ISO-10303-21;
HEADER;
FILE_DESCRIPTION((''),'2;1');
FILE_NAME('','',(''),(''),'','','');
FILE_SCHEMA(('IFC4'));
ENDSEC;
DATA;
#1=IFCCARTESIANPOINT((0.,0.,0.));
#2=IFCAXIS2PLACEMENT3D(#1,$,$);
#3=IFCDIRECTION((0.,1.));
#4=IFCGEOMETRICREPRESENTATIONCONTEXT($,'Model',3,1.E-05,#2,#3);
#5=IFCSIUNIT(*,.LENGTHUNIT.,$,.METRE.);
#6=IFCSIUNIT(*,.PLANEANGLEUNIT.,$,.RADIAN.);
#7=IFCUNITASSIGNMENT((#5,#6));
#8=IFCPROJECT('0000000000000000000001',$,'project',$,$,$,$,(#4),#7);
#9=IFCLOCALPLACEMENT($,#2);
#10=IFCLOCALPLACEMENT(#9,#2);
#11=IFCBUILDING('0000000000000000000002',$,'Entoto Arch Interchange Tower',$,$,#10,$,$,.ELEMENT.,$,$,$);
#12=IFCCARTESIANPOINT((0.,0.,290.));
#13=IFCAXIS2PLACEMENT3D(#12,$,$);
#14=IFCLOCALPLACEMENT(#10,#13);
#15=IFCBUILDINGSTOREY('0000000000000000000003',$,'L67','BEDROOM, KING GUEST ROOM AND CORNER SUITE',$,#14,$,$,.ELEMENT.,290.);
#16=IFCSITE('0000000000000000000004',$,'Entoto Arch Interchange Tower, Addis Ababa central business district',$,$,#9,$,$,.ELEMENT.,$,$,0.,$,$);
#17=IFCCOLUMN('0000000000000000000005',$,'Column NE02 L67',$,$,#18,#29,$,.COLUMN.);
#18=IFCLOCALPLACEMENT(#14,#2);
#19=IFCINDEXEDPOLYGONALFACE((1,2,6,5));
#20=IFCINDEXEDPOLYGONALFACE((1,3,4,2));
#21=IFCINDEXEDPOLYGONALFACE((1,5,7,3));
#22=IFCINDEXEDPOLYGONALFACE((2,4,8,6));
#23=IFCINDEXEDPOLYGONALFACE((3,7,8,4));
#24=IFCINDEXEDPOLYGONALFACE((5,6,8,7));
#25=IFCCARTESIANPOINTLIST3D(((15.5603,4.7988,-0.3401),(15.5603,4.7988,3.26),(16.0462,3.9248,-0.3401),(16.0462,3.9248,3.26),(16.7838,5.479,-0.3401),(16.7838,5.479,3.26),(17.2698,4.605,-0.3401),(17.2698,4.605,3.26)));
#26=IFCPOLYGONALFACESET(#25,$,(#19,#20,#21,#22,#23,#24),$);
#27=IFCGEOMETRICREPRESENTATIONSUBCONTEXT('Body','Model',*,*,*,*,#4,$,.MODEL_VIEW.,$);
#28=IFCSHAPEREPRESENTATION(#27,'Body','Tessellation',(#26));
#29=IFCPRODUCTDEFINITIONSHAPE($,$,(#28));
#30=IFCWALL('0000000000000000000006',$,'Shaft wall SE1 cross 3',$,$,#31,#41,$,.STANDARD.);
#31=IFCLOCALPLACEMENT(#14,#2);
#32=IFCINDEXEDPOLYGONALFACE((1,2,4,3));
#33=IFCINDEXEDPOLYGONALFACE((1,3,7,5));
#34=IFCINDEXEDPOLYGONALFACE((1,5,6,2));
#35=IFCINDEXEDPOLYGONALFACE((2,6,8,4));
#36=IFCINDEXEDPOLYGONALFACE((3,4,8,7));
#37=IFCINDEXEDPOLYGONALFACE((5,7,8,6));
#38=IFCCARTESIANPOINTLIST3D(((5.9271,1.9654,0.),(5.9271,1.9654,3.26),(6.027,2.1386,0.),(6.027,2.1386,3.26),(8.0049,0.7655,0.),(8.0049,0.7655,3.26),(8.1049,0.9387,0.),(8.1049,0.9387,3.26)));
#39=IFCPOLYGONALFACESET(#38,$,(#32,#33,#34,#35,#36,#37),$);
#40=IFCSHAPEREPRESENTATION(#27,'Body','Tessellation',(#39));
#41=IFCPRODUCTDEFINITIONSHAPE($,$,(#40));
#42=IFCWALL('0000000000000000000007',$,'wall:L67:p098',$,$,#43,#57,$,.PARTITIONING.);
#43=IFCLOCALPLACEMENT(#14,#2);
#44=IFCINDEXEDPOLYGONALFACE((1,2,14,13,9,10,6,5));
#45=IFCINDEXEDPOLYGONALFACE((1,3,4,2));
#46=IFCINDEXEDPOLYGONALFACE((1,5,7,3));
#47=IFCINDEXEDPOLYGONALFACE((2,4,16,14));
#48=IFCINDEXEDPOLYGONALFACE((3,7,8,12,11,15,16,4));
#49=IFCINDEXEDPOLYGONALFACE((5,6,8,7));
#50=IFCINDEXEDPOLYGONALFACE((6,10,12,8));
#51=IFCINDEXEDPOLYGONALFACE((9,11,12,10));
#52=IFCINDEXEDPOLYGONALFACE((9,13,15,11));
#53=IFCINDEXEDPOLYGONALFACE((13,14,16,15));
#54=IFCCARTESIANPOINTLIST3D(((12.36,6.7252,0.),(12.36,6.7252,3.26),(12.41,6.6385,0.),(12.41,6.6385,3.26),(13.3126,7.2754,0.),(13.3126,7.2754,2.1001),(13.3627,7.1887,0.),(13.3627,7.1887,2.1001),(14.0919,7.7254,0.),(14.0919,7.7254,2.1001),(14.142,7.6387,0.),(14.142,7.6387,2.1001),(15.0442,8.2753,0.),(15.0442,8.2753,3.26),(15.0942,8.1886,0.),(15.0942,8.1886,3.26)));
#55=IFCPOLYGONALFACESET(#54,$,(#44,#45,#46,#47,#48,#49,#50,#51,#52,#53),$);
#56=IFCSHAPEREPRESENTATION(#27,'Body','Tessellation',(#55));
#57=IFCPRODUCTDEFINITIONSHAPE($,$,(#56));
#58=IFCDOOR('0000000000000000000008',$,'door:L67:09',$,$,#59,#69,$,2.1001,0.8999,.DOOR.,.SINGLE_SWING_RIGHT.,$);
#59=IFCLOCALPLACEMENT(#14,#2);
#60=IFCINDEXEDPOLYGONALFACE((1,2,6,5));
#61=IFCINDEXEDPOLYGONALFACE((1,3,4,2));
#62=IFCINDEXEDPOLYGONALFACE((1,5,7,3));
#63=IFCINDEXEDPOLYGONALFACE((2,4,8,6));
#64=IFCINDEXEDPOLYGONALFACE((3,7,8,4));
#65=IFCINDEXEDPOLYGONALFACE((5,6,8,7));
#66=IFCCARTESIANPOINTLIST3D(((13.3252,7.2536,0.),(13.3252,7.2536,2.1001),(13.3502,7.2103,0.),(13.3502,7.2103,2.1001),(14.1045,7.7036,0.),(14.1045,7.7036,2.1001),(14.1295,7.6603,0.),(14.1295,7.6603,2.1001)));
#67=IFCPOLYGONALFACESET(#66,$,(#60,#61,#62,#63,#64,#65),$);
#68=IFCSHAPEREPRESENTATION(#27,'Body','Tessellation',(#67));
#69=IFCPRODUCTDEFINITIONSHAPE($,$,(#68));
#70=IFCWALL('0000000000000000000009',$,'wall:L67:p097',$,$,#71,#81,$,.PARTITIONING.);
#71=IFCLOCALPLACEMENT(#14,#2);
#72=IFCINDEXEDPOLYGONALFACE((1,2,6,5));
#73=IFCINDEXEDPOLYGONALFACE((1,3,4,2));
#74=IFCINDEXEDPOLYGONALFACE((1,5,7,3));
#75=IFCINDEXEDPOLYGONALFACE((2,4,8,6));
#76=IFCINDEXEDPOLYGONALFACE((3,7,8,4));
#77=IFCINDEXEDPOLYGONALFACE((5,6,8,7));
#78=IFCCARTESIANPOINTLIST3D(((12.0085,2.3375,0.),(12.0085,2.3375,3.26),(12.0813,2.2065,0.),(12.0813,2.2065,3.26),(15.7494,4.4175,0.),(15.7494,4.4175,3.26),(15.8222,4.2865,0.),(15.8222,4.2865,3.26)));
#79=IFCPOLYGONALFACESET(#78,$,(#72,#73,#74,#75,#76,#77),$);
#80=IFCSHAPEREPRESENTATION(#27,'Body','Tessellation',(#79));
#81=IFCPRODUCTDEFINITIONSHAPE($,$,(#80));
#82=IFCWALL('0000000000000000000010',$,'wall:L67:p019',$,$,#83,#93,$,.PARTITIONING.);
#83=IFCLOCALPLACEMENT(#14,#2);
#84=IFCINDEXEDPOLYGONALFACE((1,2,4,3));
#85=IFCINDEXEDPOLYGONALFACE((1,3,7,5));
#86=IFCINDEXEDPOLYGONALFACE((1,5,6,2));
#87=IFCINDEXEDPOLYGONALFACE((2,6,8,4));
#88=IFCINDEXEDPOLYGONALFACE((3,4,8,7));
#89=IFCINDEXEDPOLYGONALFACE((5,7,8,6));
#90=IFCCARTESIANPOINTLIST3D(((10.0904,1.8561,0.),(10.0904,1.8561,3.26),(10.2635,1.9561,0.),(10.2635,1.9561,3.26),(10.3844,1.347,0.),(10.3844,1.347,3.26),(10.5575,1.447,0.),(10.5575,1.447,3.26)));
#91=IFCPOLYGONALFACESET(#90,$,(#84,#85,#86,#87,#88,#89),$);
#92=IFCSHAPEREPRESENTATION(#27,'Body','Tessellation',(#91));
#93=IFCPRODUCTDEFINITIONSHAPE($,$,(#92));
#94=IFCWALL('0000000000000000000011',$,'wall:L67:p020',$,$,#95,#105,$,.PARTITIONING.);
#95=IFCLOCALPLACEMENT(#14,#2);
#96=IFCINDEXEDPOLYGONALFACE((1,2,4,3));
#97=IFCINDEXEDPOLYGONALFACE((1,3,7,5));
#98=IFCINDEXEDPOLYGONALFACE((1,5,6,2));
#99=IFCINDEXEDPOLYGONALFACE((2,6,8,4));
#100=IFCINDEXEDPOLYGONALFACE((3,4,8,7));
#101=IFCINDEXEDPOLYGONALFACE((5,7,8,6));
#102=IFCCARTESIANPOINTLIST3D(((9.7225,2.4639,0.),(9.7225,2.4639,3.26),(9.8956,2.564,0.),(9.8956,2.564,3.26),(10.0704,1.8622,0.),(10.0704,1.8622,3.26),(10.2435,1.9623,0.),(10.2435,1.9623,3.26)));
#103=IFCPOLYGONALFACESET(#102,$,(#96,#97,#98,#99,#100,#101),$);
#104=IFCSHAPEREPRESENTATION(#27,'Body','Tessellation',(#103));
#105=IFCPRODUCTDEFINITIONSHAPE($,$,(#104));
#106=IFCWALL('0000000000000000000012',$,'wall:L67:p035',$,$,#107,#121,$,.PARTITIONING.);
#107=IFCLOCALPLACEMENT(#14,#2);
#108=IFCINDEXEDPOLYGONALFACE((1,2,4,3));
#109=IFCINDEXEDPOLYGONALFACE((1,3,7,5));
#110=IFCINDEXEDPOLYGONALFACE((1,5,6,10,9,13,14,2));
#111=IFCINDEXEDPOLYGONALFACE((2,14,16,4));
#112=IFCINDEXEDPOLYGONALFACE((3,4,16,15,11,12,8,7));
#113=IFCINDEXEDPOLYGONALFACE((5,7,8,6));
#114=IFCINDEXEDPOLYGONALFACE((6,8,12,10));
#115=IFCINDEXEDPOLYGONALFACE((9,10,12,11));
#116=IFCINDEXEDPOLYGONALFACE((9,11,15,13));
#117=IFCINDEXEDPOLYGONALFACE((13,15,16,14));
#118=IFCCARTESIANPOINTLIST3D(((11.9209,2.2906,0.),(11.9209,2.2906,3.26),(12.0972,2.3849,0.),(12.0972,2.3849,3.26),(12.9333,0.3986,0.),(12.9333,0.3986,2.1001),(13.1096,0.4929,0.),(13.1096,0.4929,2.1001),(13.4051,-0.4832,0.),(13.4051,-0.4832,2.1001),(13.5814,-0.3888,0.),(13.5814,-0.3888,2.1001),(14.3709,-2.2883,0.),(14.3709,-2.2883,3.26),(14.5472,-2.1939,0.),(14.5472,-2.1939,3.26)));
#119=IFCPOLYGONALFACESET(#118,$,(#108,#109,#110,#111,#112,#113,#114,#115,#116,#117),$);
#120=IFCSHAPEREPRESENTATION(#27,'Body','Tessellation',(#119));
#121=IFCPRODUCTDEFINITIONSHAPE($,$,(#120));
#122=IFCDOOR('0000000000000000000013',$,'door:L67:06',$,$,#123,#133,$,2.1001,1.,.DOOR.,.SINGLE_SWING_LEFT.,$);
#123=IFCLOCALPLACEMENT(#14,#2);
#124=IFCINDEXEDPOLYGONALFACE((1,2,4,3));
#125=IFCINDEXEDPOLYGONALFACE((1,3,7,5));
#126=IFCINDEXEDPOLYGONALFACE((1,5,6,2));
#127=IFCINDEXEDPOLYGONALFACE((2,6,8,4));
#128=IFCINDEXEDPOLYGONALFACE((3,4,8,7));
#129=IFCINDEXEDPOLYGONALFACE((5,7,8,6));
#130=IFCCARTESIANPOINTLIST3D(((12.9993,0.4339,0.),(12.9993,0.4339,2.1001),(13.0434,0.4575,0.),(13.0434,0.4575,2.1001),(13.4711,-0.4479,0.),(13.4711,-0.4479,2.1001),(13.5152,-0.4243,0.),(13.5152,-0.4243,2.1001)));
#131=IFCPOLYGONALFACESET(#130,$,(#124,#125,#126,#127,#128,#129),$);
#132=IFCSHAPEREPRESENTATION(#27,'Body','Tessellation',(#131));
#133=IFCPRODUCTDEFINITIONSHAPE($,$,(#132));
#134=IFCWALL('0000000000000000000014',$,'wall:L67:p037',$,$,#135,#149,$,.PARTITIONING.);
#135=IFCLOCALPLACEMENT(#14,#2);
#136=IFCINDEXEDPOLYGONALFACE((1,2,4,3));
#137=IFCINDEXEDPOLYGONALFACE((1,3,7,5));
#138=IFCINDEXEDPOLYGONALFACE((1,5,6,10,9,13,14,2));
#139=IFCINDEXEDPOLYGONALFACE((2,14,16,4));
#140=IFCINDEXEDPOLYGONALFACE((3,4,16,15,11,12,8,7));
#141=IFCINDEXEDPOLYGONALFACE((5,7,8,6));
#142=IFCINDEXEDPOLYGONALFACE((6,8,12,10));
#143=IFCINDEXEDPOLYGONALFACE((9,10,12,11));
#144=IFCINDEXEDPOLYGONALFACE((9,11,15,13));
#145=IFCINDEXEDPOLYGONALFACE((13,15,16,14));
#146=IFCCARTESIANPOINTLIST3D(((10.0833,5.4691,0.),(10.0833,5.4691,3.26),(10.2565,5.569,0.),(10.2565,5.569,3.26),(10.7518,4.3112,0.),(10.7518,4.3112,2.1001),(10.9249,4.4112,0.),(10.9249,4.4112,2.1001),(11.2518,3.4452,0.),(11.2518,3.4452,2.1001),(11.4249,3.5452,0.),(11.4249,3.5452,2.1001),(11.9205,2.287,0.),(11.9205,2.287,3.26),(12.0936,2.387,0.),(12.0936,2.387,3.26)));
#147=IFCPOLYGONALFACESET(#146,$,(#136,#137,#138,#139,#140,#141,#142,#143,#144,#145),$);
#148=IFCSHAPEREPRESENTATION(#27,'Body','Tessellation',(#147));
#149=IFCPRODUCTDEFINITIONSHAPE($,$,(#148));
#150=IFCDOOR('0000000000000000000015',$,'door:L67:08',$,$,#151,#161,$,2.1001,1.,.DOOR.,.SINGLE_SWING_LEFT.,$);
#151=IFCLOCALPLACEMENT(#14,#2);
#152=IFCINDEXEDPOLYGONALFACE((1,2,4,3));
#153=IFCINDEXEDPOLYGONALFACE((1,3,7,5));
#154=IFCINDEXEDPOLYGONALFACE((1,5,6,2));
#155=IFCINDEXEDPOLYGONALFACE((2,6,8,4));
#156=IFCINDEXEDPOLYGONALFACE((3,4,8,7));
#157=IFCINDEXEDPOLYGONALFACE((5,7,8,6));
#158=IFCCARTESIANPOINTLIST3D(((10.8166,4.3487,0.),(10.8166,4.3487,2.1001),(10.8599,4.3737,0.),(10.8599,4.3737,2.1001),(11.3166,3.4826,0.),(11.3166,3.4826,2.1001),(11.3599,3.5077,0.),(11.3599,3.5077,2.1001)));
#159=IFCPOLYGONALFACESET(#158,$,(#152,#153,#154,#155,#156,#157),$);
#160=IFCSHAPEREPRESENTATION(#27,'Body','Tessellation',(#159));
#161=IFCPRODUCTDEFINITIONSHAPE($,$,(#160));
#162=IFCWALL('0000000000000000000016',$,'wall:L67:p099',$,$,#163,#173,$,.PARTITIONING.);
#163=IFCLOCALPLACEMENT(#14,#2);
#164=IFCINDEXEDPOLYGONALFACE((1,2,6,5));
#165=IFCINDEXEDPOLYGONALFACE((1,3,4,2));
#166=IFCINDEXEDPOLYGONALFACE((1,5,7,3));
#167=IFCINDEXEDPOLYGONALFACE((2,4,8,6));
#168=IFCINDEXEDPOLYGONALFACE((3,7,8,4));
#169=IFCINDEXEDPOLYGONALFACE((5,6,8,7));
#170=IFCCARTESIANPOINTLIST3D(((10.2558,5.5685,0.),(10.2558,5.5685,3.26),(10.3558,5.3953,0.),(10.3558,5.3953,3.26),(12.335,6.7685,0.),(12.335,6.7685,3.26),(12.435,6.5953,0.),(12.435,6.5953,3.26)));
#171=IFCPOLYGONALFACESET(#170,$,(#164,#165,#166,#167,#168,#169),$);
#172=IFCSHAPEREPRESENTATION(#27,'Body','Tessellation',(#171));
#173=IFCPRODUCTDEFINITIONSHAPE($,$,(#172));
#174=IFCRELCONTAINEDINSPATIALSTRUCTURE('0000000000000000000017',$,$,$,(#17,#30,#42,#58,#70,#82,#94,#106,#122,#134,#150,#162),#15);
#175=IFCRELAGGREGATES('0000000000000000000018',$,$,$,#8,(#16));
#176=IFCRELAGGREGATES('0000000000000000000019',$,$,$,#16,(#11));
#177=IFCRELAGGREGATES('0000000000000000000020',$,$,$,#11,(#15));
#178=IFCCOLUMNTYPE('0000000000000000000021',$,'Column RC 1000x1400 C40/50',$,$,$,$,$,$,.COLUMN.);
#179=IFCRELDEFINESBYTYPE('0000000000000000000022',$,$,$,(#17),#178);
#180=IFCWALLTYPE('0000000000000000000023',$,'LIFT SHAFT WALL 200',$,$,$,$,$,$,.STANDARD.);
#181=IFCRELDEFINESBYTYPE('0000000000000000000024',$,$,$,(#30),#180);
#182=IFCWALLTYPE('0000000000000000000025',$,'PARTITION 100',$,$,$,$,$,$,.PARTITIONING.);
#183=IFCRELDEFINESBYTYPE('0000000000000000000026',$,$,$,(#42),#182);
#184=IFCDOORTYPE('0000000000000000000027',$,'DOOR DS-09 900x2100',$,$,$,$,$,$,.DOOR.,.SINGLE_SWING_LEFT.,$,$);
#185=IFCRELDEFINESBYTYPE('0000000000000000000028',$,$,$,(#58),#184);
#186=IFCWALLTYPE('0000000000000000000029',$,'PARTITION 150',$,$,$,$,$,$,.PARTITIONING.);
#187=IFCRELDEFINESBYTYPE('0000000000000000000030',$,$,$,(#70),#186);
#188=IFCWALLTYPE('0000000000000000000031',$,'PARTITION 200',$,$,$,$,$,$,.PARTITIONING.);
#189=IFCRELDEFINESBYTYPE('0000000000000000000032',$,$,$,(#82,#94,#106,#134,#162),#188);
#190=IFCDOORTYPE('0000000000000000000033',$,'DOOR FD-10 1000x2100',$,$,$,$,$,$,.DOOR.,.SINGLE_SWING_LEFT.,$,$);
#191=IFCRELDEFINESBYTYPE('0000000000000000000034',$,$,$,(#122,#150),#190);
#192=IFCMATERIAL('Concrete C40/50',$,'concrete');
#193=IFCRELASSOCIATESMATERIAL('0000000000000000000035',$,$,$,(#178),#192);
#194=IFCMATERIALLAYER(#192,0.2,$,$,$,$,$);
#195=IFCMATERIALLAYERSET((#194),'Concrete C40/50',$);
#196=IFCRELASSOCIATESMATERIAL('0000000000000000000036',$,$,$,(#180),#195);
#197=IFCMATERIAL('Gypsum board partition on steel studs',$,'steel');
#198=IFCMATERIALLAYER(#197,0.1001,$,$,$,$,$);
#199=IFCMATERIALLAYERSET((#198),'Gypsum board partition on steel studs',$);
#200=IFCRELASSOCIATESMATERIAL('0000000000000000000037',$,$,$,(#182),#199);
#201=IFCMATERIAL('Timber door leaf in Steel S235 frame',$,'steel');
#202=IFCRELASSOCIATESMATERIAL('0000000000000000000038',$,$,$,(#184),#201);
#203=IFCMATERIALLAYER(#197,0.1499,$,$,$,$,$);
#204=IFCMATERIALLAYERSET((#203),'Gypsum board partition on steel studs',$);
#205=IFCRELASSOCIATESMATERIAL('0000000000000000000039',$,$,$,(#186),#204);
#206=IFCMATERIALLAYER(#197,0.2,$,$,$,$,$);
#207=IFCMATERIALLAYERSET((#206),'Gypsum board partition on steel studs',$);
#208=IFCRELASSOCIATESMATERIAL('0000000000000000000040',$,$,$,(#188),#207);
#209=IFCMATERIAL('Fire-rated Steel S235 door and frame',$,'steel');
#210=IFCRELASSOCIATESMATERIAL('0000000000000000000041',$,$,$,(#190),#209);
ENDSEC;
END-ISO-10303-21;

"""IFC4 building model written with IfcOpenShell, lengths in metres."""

from ifc_helpers import new_model, si_unit, direction, frame, frame_2d, origin, origin_2d, place, context, subcontext, project, spatial, rectangle, extrude, material, layer, layer_set, material_profile, profile_set, type_object, element, fill, save


model = new_model("IFC4")

# Units and contexts
model_context = context("Model", 3, precision=1e-05, world=origin(), true_north=direction((0.0, 1.0)))
body_context = subcontext(model_context, "Body", "Model", "MODEL_VIEW")
ifc_project = project(units=[si_unit("LENGTHUNIT", "METRE"), si_unit("PLANEANGLEUNIT", "RADIAN")], contexts=[model_context])

# Site, building, storey
site_placement = place(None, origin())
site = spatial("IfcSite", under=ifc_project, at=site_placement, Name="Entoto Arch Interchange Tower, Addis Ababa central business district", CompositionType="ELEMENT", RefElevation=0.0)
building_placement = place(site_placement, origin())
building = spatial("IfcBuilding", under=site, at=building_placement, Name="Entoto Arch Interchange Tower", CompositionType="ELEMENT")
storey_placement = place(building_placement, frame((0.0, 0.0, 290.0)))
storey = spatial("IfcBuildingStorey", under=building, at=storey_placement, Name="L67", Description="BEDROOM, KING GUEST ROOM AND CORNER SUITE", CompositionType="ELEMENT", Elevation=290.0)

# Column
ifc_material_1 = material(Name="Concrete C40/50", Category="concrete")
ifc_material_profile = material_profile(ifc_material_1, rectangle(XDim=1.0, YDim=1.3999, at=origin_2d()))
ifc_profile_set = profile_set([ifc_material_profile], Name="Concrete C40/50")
column_type = type_object("IfcColumnType", Name="Column RC 1000x1400 C40/50", PredefinedType="COLUMN", material=ifc_profile_set)
column_placement = place(storey_placement, frame((16.415, 4.7019, -0.3401), z_axis=(0.0, 0.0, 1.0), x_axis=(-0.485924, 0.874001, 0.0)))
element("IfcColumn", 1, at=column_placement, inside=storey, type_object=column_type, Name="Column NE02 L67", PredefinedType="COLUMN", context=body_context, shape_type="SweptSolid", body=[
    extrude(rectangle(XDim=1.0, YDim=1.3999, at=origin_2d()), origin(), (0.0, 0.0, 1.0), 3.6001),
])

# Wall
ifc_layer_1 = layer(ifc_material_1, 0.2)
ifc_layer_set_1 = layer_set([ifc_layer_1], Name="Concrete C40/50")
wall_type_1 = type_object("IfcWallType", Name="LIFT SHAFT WALL 200", PredefinedType="STANDARD", material=ifc_layer_set_1)
wall_1_placement = place(storey_placement, frame((5.9771, 2.052, 0.0), z_axis=(0.0, 0.0, 1.0), x_axis=(0.865974, -0.500089, 0.0)))
element("IfcWall", 2, at=wall_1_placement, inside=storey, type_object=wall_type_1, Name="Shaft wall SE1 cross 3", PredefinedType="STANDARD", context=body_context, shape_type="SweptSolid", body=[
    extrude(rectangle(XDim=2.3994, YDim=0.2, at=frame_2d((1.1997, 0.0))), origin(), (0.0, 0.0, 1.0), 3.26),
])

# Wall, opening, door
ifc_material_2 = material(Name="Gypsum board partition on steel studs", Category="steel")
ifc_layer_2 = layer(ifc_material_2, 0.1001)
ifc_layer_set_2 = layer_set([ifc_layer_2], Name="Gypsum board partition on steel studs")
wall_type_2 = type_object("IfcWallType", Name="PARTITION 100", PredefinedType="PARTITIONING", material=ifc_layer_set_2)
wall_2_placement = place(storey_placement, frame((12.385, 6.6819, 0.0), z_axis=(0.0, 0.0, 1.0), x_axis=(0.86597, 0.500095, 0.0)))
wall_2 = element("IfcWall", 3, at=wall_2_placement, inside=storey, type_object=wall_type_2, Name="wall:L67:p098", PredefinedType="PARTITIONING", context=body_context, shape_type="SweptSolid", body=[
    extrude(rectangle(XDim=3.0996, YDim=0.1001, at=frame_2d((1.5498, 0.0))), origin(), (0.0, 0.0, 1.0), 3.26),
])
opening_1_placement = place(wall_2_placement, frame((1.1001, 0.0, 0.0)))
opening_1 = element("IfcOpeningElement", 4, at=opening_1_placement, cuts=wall_2, PredefinedType="OPENING", context=body_context, shape_type="SweptSolid", body=[
    extrude(rectangle(XDim=0.8999, YDim=2.1001, at=frame_2d((0.45, 1.05))), frame((0.0, 0.0601, 0.0), z_axis=(0.0, -1.0, 0.0), x_axis=(1.0, 0.0, 0.0)), (0.0, 0.0, 1.0), 0.1201),
])
ifc_material_3 = material(Name="Timber door leaf in Steel S235 frame", Category="steel")
door_type_1 = type_object("IfcDoorType", Name="DOOR DS-09 900x2100", OperationType="SINGLE_SWING_LEFT", PredefinedType="DOOR", material=ifc_material_3)
door_1_placement = place(opening_1_placement, origin())
door_1 = element("IfcDoor", 5, at=door_1_placement, inside=storey, type_object=door_type_1, Name="door:L67:09", OperationType="SINGLE_SWING_RIGHT", OverallHeight=2.1001, OverallWidth=0.8999, PredefinedType="DOOR", context=body_context, shape_type="SweptSolid", body=[
    extrude(rectangle(XDim=0.8999, YDim=2.1001, at=frame_2d((0.45, 1.05))), frame((0.0, 0.0249, 0.0), z_axis=(0.0, -1.0, 0.0), x_axis=(1.0, 0.0, 0.0)), (0.0, 0.0, 1.0), 0.05),
])
fill(opening_1, door_1)

# Walls
ifc_layer_3 = layer(ifc_material_2, 0.1499)
ifc_layer_set_3 = layer_set([ifc_layer_3], Name="Gypsum board partition on steel studs")
wall_type_3 = type_object("IfcWallType", Name="PARTITION 150", PredefinedType="PARTITIONING", material=ifc_layer_set_3)
wall_3_placement = place(storey_placement, frame((12.0449, 2.272, 0.0), z_axis=(0.0, 0.0, 1.0), x_axis=(0.873982, 0.485958, 0.0)))
element("IfcWall", 6, at=wall_3_placement, inside=storey, type_object=wall_type_3, Name="wall:L67:p097", PredefinedType="PARTITIONING", context=body_context, shape_type="SweptSolid", body=[
    extrude(rectangle(XDim=4.2803, YDim=0.1499, at=frame_2d((2.1401, 0.0))), origin(), (0.0, 0.0, 1.0), 3.26),
])
ifc_layer_4 = layer(ifc_material_2, 0.2)
ifc_layer_set_4 = layer_set([ifc_layer_4], Name="Gypsum board partition on steel studs")
wall_type_4 = type_object("IfcWallType", Name="PARTITION 200", PredefinedType="PARTITIONING", material=ifc_layer_set_4)
wall_4_placement = place(storey_placement, frame((10.4709, 1.397, 0.0), z_axis=(0.0, 0.0, 1.0), x_axis=(-0.50007, 0.865985, 0.0)))
element("IfcWall", 7, at=wall_4_placement, inside=storey, type_object=wall_type_4, Name="wall:L67:p019", PredefinedType="PARTITIONING", context=body_context, shape_type="SweptSolid", body=[
    extrude(rectangle(XDim=0.5879, YDim=0.2, at=frame_2d((0.2939, 0.0))), origin(), (0.0, 0.0, 1.0), 3.26),
])
wall_5_placement = place(storey_placement, frame((10.157, 1.9121, 0.0), z_axis=(0.0, 0.0, 1.0), x_axis=(-0.500482, 0.865747, 0.0)))
element("IfcWall", 8, at=wall_5_placement, inside=storey, type_object=wall_type_4, Name="wall:L67:p020", PredefinedType="PARTITIONING", context=body_context, shape_type="SweptSolid", body=[
    extrude(rectangle(XDim=0.6951, YDim=0.2, at=frame_2d((0.3477, 0.0))), origin(), (0.0, 0.0, 1.0), 3.26),
])

# Walls, openings, doors
wall_6_placement = place(storey_placement, frame((12.009, 2.3379, 0.0), z_axis=(0.0, 0.0, 1.0), x_axis=(0.471771, -0.881721, 0.0)))
wall_6 = element("IfcWall", 9, at=wall_6_placement, inside=storey, type_object=wall_type_4, Name="wall:L67:p035", PredefinedType="PARTITIONING", context=body_context, shape_type="SweptSolid", body=[
    extrude(rectangle(XDim=5.1931, YDim=0.2, at=frame_2d((2.5967, 0.0))), origin(), (0.0, 0.0, 1.0), 3.26),
])
opening_2_placement = place(wall_6_placement, frame((2.146, 0.0, 0.0)))
opening_2 = element("IfcOpeningElement", 10, at=opening_2_placement, cuts=wall_6, PredefinedType="OPENING", context=body_context, shape_type="SweptSolid", body=[
    extrude(rectangle(XDim=1.0, YDim=2.1001, at=frame_2d((0.5, 1.05))), frame((0.0, 0.1099, 0.0), z_axis=(0.0, -1.0, 0.0), x_axis=(1.0, 0.0, 0.0)), (0.0, 0.0, 1.0), 0.22),
])
ifc_material_4 = material(Name="Fire-rated Steel S235 door and frame", Category="steel")
door_type_2 = type_object("IfcDoorType", Name="DOOR FD-10 1000x2100", OperationType="SINGLE_SWING_LEFT", PredefinedType="DOOR", material=ifc_material_4)
door_2_placement = place(opening_2_placement, origin())
door_2 = element("IfcDoor", 11, at=door_2_placement, inside=storey, type_object=door_type_2, Name="door:L67:06", OperationType="SINGLE_SWING_LEFT", OverallHeight=2.1001, OverallWidth=1.0, PredefinedType="DOOR", context=body_context, shape_type="SweptSolid", body=[
    extrude(rectangle(XDim=1.0, YDim=2.1001, at=frame_2d((0.5, 1.05))), frame((0.0, 0.0249, 0.0), z_axis=(0.0, -1.0, 0.0), x_axis=(1.0, 0.0, 0.0)), (0.0, 0.0, 1.0), 0.05),
])
fill(opening_2, door_2)
wall_7_placement = place(storey_placement, frame((10.1699, 5.519, 0.0), z_axis=(0.0, 0.0, 1.0), x_axis=(0.499991, -0.866031, 0.0)))
wall_7 = element("IfcWall", 12, at=wall_7_placement, inside=storey, type_object=wall_type_4, Name="wall:L67:p037", PredefinedType="PARTITIONING", context=body_context, shape_type="SweptSolid", body=[
    extrude(rectangle(XDim=3.6743, YDim=0.2, at=frame_2d((1.8372, 0.0))), origin(), (0.0, 0.0, 1.0), 3.26),
])
opening_3_placement = place(wall_7_placement, frame((1.3369, 0.0, 0.0)))
opening_3 = element("IfcOpeningElement", 13, at=opening_3_placement, cuts=wall_7, PredefinedType="OPENING", context=body_context, shape_type="SweptSolid", body=[
    extrude(rectangle(XDim=1.0, YDim=2.1001, at=frame_2d((0.5, 1.05))), frame((0.0, 0.1099, 0.0), z_axis=(0.0, -1.0, 0.0), x_axis=(1.0, 0.0, 0.0)), (0.0, 0.0, 1.0), 0.22),
])
door_3_placement = place(opening_3_placement, origin())
door_3 = element("IfcDoor", 14, at=door_3_placement, inside=storey, type_object=door_type_2, Name="door:L67:08", OperationType="SINGLE_SWING_LEFT", OverallHeight=2.1001, OverallWidth=1.0, PredefinedType="DOOR", context=body_context, shape_type="SweptSolid", body=[
    extrude(rectangle(XDim=1.0, YDim=2.1001, at=frame_2d((0.5, 1.05))), frame((0.0, 0.0249, 0.0), z_axis=(0.0, -1.0, 0.0), x_axis=(1.0, 0.0, 0.0)), (0.0, 0.0, 1.0), 0.05),
])
fill(opening_3, door_3)

# Wall
wall_8_placement = place(storey_placement, frame((10.3059, 5.4819, 0.0), z_axis=(0.0, 0.0, 1.0), x_axis=(0.866101, 0.499869, 0.0)))
element("IfcWall", 15, at=wall_8_placement, inside=storey, type_object=wall_type_4, Name="wall:L67:p099", PredefinedType="PARTITIONING", context=body_context, shape_type="SweptSolid", body=[
    extrude(rectangle(XDim=2.4006, YDim=0.2, at=frame_2d((1.2002, 0.0))), origin(), (0.0, 0.0, 1.0), 3.26),
])

save(model, "model.ifc")
